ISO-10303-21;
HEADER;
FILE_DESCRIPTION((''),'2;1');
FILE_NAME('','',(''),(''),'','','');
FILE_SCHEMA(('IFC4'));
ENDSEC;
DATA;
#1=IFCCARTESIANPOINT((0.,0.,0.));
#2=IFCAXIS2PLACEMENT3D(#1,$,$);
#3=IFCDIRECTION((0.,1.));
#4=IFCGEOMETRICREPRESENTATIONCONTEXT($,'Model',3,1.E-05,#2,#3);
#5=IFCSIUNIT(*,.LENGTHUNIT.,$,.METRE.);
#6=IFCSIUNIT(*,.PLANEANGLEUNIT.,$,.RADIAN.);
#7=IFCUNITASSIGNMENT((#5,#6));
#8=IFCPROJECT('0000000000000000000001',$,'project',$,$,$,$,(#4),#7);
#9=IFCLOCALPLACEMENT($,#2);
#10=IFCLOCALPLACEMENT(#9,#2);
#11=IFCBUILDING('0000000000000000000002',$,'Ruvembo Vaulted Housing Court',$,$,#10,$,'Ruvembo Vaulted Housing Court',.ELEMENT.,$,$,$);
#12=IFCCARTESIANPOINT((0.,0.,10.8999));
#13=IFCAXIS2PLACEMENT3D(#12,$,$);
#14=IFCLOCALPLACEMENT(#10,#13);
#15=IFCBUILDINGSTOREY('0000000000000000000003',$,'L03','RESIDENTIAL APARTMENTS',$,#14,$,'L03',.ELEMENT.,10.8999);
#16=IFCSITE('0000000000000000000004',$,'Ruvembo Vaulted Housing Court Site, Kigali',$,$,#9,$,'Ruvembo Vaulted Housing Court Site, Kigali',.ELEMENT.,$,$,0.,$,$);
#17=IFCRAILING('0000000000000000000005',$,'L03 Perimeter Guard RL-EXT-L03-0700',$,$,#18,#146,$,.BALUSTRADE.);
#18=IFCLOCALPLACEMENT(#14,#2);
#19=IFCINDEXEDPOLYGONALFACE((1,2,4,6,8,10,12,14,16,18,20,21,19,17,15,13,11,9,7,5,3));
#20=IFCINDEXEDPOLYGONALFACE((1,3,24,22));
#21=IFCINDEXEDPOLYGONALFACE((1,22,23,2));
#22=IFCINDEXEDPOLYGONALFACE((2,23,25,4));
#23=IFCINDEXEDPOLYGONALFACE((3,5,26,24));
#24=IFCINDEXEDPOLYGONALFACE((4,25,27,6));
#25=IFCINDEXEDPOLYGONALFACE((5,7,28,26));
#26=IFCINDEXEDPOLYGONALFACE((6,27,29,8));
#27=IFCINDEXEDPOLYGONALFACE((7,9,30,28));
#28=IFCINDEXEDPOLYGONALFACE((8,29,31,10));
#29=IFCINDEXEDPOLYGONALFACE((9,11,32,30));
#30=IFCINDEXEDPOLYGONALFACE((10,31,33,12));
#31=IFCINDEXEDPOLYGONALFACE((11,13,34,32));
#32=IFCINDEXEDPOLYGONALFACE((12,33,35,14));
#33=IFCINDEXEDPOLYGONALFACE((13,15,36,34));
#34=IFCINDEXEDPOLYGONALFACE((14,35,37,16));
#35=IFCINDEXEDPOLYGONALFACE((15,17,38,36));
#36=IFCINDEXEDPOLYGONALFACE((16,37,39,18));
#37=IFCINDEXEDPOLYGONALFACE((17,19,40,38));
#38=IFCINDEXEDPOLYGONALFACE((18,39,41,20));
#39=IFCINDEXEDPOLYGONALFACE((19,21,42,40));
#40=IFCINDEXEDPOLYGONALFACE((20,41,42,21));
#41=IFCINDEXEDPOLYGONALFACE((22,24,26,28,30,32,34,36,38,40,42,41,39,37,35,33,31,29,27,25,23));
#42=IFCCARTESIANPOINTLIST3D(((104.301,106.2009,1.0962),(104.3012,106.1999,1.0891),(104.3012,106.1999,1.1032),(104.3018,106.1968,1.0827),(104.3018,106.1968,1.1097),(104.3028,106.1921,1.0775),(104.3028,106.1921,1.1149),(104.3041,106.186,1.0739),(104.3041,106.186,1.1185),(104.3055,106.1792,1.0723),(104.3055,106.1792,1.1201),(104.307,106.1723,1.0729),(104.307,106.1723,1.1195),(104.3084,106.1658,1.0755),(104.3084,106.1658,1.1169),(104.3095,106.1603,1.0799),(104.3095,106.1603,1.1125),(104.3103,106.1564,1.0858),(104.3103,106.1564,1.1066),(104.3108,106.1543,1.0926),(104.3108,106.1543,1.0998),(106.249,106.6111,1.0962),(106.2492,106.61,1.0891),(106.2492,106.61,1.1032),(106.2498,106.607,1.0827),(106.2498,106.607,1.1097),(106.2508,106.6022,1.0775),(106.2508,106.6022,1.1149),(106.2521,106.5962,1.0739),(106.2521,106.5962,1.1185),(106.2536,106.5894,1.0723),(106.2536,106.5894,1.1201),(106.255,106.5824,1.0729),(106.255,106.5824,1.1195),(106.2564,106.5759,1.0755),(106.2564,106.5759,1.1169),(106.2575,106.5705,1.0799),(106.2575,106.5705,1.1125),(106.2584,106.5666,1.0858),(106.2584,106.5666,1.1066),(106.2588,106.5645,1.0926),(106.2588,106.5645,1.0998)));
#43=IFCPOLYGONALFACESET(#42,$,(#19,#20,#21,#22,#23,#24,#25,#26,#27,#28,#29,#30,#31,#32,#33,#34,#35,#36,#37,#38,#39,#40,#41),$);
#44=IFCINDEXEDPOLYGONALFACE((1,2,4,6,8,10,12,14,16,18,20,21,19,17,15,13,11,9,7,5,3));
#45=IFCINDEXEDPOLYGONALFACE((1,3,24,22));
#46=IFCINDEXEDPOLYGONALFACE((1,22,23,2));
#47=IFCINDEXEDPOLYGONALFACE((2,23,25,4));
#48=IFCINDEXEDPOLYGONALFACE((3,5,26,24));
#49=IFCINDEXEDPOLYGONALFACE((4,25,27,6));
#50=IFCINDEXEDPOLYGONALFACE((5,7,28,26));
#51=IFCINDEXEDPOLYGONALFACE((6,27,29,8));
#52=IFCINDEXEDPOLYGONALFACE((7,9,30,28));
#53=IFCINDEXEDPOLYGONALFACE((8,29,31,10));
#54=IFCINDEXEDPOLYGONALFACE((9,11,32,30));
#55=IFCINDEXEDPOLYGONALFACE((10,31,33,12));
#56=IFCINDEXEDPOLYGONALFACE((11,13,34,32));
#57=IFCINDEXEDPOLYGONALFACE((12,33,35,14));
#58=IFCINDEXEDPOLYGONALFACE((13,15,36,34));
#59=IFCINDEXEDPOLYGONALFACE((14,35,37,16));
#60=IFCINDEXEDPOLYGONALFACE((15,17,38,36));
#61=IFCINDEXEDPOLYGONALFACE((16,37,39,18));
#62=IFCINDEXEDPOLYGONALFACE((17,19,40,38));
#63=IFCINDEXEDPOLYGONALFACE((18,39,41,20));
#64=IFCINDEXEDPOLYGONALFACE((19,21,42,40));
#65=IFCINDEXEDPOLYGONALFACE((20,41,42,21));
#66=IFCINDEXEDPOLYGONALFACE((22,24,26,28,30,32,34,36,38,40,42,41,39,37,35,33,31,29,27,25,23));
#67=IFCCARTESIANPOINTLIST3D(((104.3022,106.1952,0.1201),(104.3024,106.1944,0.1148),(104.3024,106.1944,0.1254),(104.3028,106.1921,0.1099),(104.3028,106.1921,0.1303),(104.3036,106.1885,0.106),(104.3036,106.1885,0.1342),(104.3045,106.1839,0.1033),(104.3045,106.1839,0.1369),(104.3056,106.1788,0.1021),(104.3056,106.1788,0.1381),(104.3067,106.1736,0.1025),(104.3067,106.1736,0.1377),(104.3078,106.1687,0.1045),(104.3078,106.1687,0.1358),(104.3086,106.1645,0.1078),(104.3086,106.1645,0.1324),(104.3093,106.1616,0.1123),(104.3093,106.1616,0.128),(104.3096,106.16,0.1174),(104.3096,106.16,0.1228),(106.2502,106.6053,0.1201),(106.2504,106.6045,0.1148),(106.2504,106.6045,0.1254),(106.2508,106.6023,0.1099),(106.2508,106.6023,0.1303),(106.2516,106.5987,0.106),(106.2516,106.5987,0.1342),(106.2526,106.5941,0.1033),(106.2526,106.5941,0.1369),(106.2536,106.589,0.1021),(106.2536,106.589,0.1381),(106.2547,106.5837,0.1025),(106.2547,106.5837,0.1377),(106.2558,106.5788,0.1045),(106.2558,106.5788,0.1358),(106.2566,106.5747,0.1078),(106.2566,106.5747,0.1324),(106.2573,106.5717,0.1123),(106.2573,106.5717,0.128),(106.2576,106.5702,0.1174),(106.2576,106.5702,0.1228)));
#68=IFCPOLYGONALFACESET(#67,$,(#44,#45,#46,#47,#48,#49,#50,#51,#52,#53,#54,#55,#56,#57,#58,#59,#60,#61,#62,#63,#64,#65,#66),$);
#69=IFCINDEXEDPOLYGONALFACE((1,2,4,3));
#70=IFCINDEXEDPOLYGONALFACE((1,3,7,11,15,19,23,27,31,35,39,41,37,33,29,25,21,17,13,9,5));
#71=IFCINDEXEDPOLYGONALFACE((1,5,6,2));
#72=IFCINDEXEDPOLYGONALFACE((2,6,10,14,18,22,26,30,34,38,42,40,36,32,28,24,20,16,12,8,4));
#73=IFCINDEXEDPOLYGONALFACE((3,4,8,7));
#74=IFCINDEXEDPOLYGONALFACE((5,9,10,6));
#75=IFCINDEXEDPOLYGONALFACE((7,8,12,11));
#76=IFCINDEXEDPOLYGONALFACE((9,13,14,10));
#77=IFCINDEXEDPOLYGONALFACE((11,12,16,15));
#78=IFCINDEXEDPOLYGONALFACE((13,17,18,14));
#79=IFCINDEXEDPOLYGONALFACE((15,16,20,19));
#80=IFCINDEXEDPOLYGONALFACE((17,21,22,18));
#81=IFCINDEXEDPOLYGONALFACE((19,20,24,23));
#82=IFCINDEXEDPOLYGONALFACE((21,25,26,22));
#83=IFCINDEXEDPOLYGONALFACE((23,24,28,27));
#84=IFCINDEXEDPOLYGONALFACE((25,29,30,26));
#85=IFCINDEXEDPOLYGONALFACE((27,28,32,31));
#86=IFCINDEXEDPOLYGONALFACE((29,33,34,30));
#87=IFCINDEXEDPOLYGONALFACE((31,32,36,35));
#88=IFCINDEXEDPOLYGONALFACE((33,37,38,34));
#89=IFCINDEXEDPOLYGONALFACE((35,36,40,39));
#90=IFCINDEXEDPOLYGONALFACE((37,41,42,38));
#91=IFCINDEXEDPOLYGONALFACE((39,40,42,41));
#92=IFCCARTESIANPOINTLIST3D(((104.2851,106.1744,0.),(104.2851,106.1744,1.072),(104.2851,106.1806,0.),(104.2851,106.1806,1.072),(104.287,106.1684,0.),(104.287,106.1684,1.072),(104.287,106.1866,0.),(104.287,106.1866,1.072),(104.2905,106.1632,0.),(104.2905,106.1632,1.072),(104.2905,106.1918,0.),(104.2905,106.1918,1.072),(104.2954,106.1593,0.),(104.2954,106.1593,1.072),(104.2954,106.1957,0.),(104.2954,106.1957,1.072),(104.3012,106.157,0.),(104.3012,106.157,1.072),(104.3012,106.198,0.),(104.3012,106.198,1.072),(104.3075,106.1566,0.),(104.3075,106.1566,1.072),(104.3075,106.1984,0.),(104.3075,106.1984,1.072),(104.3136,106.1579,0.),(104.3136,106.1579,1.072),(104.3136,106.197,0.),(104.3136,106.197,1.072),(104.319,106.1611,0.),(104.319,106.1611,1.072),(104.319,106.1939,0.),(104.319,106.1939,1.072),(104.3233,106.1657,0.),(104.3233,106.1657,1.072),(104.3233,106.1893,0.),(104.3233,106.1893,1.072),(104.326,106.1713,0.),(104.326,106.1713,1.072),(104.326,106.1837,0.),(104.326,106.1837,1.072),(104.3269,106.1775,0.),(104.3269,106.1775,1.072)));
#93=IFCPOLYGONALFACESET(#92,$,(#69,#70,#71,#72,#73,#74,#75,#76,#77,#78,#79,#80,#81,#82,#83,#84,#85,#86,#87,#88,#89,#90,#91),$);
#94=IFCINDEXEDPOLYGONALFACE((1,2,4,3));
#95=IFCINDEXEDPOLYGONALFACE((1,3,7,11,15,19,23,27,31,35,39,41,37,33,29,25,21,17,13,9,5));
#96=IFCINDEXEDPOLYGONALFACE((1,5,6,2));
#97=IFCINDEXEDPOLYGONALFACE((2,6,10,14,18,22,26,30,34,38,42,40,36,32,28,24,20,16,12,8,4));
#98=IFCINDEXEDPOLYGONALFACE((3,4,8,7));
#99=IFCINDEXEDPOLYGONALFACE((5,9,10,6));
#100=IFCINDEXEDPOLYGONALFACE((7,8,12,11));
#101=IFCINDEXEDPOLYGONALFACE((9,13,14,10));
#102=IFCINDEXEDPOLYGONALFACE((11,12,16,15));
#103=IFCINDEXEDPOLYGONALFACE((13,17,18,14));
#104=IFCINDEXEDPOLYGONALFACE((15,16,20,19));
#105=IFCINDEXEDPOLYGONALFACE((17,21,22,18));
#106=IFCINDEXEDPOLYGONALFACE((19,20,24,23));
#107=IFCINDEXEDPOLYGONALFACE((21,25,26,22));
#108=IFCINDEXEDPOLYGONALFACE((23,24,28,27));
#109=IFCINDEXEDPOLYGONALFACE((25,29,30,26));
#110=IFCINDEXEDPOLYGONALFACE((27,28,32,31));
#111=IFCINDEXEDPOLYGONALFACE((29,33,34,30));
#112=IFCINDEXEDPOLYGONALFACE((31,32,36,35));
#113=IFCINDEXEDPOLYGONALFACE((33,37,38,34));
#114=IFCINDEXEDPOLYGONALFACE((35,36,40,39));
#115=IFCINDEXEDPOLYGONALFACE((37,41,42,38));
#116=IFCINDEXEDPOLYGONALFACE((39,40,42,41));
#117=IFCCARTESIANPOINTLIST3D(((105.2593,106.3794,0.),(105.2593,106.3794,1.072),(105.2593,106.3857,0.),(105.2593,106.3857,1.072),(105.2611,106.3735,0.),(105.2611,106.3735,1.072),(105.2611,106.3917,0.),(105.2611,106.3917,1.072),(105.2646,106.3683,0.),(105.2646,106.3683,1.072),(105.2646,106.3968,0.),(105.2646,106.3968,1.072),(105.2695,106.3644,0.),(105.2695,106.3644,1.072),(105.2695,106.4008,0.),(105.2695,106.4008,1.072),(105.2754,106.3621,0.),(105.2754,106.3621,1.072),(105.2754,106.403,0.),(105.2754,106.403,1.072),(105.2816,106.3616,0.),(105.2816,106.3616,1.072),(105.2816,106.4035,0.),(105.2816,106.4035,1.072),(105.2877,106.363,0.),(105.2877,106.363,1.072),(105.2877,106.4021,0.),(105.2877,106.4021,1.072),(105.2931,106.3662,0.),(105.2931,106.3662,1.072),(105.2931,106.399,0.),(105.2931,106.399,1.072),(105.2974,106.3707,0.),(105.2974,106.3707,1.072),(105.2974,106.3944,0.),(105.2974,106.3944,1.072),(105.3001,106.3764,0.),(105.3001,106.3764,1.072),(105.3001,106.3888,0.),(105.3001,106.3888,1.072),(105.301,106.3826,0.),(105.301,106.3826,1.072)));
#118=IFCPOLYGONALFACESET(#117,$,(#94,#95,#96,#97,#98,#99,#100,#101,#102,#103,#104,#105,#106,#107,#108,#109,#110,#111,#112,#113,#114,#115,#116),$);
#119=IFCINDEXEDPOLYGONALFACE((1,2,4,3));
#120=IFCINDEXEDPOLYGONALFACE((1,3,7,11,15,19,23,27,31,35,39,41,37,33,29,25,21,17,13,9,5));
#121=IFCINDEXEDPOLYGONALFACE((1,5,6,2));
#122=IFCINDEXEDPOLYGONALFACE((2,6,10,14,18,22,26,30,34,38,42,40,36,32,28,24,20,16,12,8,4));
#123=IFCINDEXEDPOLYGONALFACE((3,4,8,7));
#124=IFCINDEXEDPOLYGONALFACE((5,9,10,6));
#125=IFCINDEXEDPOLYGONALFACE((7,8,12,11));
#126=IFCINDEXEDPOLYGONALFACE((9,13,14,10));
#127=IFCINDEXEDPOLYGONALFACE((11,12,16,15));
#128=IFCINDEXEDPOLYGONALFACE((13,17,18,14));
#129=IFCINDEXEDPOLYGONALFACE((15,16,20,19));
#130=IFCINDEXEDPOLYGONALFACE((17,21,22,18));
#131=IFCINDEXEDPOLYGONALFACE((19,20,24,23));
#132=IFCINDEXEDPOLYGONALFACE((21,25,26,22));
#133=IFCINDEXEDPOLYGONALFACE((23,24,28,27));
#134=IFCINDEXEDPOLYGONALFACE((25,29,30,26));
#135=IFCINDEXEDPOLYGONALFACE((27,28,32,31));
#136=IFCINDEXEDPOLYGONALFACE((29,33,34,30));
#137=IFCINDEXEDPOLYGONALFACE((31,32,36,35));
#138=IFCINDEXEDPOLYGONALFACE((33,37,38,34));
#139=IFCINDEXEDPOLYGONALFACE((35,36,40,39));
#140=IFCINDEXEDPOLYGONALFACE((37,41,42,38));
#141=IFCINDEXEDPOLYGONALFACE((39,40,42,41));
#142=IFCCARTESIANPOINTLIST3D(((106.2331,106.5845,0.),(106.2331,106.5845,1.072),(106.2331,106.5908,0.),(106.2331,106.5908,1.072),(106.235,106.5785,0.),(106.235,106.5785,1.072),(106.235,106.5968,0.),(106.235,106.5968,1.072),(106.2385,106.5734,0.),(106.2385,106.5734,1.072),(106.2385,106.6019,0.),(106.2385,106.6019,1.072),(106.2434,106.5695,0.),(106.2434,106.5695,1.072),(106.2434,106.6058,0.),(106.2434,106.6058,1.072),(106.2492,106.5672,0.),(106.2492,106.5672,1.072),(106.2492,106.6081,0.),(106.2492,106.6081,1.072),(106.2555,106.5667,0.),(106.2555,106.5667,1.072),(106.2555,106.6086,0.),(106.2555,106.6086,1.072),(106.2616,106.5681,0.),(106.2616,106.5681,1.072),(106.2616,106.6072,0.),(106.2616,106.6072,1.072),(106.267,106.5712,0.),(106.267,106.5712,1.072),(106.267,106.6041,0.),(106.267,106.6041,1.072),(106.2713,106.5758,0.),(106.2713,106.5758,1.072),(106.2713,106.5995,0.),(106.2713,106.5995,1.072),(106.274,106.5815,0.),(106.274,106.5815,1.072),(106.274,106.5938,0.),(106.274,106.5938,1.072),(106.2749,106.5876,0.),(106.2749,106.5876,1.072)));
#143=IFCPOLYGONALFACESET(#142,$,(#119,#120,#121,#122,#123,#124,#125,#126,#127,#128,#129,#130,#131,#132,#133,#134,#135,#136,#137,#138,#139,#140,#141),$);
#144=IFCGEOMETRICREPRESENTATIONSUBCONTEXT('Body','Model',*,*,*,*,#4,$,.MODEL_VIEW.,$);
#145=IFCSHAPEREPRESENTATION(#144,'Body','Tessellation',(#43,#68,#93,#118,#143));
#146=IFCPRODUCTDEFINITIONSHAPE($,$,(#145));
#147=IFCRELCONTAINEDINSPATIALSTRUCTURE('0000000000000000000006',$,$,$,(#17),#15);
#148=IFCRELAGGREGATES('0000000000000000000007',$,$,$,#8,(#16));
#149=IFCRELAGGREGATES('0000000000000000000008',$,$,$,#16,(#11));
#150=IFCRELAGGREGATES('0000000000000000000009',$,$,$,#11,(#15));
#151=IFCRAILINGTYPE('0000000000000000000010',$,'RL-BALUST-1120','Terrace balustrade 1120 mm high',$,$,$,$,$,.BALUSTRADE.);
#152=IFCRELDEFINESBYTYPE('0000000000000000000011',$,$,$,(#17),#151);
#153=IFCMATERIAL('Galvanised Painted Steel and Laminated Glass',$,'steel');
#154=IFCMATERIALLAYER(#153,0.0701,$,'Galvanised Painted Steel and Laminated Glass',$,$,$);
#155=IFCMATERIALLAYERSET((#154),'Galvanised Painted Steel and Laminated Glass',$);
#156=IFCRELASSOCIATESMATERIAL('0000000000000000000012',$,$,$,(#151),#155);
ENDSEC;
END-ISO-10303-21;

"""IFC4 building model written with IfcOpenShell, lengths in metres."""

from ifc_helpers import new_model, si_unit, direction, frame, origin, origin_2d, place, context, subcontext, project, spatial, circle, extrude, material, layer, layer_set, type_object, element, save


model = new_model("IFC4")

# Units and contexts
model_context = context("Model", 3, precision=1e-05, world=origin(), true_north=direction((0.0, 1.0)))
body_context = subcontext(model_context, "Body", "Model", "MODEL_VIEW")
ifc_project = project(units=[si_unit("LENGTHUNIT", "METRE"), si_unit("PLANEANGLEUNIT", "RADIAN")], contexts=[model_context])

# Site, building, storey
site_placement = place(None, origin())
site = spatial("IfcSite", under=ifc_project, at=site_placement, Name="Ruvembo Vaulted Housing Court Site, Kigali", LongName="Ruvembo Vaulted Housing Court Site, Kigali", CompositionType="ELEMENT", RefElevation=0.0)
building_placement = place(site_placement, origin())
building = spatial("IfcBuilding", under=site, at=building_placement, Name="Ruvembo Vaulted Housing Court", LongName="Ruvembo Vaulted Housing Court", CompositionType="ELEMENT")
storey_placement = place(building_placement, frame((0.0, 0.0, 10.8999)))
storey = spatial("IfcBuildingStorey", under=building, at=storey_placement, Name="L03", Description="RESIDENTIAL APARTMENTS", LongName="L03", CompositionType="ELEMENT", Elevation=10.8999)

# Railing
ifc_material_1 = material(Name="Galvanised Painted Steel and Laminated Glass", Category="steel")
ifc_layer_1 = layer(ifc_material_1, 0.0701, Name="Galvanised Painted Steel and Laminated Glass")
ifc_layer_set_1 = layer_set([ifc_layer_1], Name="Galvanised Painted Steel and Laminated Glass")
railing_type = type_object("IfcRailingType", Name="RL-BALUST-1120", Description="Terrace balustrade 1120 mm high", PredefinedType="BALUSTRADE", material=ifc_layer_set_1)
railing_placement = place(storey_placement, frame((104.3059, 106.1775, 0.0)))
element("IfcRailing", 1, at=railing_placement, inside=storey, type_object=railing_type, Name="L03 Perimeter Guard RL-EXT-L03-0700", PredefinedType="BALUSTRADE", context=body_context, shape_type="SweptSolid", body=[
    extrude(circle(Radius=0.0239, at=origin_2d()), frame((0.0, 0.0, 1.0962), z_axis=(0.978545, 0.206035, 0.0), x_axis=(-0.206035, 0.978545, 0.0)), (0.0, 0.0, 1.0), 1.9907),
    extrude(circle(Radius=0.0181, at=origin_2d()), frame((0.0, 0.0, 0.1201), z_axis=(0.978545, 0.206035, 0.0), x_axis=(-0.206035, 0.978545, 0.0)), (0.0, 0.0, 1.0), 1.9907),
    extrude(circle(Radius=0.021, at=origin_2d()), origin(), (0.0, 0.0, 1.0), 1.072),
    extrude(circle(Radius=0.021, at=origin_2d()), frame((0.9741, 0.2051, 0.0)), (0.0, 0.0, 1.0), 1.072),
    extrude(circle(Radius=0.021, at=origin_2d()), frame((1.948, 0.4102, 0.0)), (0.0, 0.0, 1.0), 1.072),
])

save(model, "model.ifc")
